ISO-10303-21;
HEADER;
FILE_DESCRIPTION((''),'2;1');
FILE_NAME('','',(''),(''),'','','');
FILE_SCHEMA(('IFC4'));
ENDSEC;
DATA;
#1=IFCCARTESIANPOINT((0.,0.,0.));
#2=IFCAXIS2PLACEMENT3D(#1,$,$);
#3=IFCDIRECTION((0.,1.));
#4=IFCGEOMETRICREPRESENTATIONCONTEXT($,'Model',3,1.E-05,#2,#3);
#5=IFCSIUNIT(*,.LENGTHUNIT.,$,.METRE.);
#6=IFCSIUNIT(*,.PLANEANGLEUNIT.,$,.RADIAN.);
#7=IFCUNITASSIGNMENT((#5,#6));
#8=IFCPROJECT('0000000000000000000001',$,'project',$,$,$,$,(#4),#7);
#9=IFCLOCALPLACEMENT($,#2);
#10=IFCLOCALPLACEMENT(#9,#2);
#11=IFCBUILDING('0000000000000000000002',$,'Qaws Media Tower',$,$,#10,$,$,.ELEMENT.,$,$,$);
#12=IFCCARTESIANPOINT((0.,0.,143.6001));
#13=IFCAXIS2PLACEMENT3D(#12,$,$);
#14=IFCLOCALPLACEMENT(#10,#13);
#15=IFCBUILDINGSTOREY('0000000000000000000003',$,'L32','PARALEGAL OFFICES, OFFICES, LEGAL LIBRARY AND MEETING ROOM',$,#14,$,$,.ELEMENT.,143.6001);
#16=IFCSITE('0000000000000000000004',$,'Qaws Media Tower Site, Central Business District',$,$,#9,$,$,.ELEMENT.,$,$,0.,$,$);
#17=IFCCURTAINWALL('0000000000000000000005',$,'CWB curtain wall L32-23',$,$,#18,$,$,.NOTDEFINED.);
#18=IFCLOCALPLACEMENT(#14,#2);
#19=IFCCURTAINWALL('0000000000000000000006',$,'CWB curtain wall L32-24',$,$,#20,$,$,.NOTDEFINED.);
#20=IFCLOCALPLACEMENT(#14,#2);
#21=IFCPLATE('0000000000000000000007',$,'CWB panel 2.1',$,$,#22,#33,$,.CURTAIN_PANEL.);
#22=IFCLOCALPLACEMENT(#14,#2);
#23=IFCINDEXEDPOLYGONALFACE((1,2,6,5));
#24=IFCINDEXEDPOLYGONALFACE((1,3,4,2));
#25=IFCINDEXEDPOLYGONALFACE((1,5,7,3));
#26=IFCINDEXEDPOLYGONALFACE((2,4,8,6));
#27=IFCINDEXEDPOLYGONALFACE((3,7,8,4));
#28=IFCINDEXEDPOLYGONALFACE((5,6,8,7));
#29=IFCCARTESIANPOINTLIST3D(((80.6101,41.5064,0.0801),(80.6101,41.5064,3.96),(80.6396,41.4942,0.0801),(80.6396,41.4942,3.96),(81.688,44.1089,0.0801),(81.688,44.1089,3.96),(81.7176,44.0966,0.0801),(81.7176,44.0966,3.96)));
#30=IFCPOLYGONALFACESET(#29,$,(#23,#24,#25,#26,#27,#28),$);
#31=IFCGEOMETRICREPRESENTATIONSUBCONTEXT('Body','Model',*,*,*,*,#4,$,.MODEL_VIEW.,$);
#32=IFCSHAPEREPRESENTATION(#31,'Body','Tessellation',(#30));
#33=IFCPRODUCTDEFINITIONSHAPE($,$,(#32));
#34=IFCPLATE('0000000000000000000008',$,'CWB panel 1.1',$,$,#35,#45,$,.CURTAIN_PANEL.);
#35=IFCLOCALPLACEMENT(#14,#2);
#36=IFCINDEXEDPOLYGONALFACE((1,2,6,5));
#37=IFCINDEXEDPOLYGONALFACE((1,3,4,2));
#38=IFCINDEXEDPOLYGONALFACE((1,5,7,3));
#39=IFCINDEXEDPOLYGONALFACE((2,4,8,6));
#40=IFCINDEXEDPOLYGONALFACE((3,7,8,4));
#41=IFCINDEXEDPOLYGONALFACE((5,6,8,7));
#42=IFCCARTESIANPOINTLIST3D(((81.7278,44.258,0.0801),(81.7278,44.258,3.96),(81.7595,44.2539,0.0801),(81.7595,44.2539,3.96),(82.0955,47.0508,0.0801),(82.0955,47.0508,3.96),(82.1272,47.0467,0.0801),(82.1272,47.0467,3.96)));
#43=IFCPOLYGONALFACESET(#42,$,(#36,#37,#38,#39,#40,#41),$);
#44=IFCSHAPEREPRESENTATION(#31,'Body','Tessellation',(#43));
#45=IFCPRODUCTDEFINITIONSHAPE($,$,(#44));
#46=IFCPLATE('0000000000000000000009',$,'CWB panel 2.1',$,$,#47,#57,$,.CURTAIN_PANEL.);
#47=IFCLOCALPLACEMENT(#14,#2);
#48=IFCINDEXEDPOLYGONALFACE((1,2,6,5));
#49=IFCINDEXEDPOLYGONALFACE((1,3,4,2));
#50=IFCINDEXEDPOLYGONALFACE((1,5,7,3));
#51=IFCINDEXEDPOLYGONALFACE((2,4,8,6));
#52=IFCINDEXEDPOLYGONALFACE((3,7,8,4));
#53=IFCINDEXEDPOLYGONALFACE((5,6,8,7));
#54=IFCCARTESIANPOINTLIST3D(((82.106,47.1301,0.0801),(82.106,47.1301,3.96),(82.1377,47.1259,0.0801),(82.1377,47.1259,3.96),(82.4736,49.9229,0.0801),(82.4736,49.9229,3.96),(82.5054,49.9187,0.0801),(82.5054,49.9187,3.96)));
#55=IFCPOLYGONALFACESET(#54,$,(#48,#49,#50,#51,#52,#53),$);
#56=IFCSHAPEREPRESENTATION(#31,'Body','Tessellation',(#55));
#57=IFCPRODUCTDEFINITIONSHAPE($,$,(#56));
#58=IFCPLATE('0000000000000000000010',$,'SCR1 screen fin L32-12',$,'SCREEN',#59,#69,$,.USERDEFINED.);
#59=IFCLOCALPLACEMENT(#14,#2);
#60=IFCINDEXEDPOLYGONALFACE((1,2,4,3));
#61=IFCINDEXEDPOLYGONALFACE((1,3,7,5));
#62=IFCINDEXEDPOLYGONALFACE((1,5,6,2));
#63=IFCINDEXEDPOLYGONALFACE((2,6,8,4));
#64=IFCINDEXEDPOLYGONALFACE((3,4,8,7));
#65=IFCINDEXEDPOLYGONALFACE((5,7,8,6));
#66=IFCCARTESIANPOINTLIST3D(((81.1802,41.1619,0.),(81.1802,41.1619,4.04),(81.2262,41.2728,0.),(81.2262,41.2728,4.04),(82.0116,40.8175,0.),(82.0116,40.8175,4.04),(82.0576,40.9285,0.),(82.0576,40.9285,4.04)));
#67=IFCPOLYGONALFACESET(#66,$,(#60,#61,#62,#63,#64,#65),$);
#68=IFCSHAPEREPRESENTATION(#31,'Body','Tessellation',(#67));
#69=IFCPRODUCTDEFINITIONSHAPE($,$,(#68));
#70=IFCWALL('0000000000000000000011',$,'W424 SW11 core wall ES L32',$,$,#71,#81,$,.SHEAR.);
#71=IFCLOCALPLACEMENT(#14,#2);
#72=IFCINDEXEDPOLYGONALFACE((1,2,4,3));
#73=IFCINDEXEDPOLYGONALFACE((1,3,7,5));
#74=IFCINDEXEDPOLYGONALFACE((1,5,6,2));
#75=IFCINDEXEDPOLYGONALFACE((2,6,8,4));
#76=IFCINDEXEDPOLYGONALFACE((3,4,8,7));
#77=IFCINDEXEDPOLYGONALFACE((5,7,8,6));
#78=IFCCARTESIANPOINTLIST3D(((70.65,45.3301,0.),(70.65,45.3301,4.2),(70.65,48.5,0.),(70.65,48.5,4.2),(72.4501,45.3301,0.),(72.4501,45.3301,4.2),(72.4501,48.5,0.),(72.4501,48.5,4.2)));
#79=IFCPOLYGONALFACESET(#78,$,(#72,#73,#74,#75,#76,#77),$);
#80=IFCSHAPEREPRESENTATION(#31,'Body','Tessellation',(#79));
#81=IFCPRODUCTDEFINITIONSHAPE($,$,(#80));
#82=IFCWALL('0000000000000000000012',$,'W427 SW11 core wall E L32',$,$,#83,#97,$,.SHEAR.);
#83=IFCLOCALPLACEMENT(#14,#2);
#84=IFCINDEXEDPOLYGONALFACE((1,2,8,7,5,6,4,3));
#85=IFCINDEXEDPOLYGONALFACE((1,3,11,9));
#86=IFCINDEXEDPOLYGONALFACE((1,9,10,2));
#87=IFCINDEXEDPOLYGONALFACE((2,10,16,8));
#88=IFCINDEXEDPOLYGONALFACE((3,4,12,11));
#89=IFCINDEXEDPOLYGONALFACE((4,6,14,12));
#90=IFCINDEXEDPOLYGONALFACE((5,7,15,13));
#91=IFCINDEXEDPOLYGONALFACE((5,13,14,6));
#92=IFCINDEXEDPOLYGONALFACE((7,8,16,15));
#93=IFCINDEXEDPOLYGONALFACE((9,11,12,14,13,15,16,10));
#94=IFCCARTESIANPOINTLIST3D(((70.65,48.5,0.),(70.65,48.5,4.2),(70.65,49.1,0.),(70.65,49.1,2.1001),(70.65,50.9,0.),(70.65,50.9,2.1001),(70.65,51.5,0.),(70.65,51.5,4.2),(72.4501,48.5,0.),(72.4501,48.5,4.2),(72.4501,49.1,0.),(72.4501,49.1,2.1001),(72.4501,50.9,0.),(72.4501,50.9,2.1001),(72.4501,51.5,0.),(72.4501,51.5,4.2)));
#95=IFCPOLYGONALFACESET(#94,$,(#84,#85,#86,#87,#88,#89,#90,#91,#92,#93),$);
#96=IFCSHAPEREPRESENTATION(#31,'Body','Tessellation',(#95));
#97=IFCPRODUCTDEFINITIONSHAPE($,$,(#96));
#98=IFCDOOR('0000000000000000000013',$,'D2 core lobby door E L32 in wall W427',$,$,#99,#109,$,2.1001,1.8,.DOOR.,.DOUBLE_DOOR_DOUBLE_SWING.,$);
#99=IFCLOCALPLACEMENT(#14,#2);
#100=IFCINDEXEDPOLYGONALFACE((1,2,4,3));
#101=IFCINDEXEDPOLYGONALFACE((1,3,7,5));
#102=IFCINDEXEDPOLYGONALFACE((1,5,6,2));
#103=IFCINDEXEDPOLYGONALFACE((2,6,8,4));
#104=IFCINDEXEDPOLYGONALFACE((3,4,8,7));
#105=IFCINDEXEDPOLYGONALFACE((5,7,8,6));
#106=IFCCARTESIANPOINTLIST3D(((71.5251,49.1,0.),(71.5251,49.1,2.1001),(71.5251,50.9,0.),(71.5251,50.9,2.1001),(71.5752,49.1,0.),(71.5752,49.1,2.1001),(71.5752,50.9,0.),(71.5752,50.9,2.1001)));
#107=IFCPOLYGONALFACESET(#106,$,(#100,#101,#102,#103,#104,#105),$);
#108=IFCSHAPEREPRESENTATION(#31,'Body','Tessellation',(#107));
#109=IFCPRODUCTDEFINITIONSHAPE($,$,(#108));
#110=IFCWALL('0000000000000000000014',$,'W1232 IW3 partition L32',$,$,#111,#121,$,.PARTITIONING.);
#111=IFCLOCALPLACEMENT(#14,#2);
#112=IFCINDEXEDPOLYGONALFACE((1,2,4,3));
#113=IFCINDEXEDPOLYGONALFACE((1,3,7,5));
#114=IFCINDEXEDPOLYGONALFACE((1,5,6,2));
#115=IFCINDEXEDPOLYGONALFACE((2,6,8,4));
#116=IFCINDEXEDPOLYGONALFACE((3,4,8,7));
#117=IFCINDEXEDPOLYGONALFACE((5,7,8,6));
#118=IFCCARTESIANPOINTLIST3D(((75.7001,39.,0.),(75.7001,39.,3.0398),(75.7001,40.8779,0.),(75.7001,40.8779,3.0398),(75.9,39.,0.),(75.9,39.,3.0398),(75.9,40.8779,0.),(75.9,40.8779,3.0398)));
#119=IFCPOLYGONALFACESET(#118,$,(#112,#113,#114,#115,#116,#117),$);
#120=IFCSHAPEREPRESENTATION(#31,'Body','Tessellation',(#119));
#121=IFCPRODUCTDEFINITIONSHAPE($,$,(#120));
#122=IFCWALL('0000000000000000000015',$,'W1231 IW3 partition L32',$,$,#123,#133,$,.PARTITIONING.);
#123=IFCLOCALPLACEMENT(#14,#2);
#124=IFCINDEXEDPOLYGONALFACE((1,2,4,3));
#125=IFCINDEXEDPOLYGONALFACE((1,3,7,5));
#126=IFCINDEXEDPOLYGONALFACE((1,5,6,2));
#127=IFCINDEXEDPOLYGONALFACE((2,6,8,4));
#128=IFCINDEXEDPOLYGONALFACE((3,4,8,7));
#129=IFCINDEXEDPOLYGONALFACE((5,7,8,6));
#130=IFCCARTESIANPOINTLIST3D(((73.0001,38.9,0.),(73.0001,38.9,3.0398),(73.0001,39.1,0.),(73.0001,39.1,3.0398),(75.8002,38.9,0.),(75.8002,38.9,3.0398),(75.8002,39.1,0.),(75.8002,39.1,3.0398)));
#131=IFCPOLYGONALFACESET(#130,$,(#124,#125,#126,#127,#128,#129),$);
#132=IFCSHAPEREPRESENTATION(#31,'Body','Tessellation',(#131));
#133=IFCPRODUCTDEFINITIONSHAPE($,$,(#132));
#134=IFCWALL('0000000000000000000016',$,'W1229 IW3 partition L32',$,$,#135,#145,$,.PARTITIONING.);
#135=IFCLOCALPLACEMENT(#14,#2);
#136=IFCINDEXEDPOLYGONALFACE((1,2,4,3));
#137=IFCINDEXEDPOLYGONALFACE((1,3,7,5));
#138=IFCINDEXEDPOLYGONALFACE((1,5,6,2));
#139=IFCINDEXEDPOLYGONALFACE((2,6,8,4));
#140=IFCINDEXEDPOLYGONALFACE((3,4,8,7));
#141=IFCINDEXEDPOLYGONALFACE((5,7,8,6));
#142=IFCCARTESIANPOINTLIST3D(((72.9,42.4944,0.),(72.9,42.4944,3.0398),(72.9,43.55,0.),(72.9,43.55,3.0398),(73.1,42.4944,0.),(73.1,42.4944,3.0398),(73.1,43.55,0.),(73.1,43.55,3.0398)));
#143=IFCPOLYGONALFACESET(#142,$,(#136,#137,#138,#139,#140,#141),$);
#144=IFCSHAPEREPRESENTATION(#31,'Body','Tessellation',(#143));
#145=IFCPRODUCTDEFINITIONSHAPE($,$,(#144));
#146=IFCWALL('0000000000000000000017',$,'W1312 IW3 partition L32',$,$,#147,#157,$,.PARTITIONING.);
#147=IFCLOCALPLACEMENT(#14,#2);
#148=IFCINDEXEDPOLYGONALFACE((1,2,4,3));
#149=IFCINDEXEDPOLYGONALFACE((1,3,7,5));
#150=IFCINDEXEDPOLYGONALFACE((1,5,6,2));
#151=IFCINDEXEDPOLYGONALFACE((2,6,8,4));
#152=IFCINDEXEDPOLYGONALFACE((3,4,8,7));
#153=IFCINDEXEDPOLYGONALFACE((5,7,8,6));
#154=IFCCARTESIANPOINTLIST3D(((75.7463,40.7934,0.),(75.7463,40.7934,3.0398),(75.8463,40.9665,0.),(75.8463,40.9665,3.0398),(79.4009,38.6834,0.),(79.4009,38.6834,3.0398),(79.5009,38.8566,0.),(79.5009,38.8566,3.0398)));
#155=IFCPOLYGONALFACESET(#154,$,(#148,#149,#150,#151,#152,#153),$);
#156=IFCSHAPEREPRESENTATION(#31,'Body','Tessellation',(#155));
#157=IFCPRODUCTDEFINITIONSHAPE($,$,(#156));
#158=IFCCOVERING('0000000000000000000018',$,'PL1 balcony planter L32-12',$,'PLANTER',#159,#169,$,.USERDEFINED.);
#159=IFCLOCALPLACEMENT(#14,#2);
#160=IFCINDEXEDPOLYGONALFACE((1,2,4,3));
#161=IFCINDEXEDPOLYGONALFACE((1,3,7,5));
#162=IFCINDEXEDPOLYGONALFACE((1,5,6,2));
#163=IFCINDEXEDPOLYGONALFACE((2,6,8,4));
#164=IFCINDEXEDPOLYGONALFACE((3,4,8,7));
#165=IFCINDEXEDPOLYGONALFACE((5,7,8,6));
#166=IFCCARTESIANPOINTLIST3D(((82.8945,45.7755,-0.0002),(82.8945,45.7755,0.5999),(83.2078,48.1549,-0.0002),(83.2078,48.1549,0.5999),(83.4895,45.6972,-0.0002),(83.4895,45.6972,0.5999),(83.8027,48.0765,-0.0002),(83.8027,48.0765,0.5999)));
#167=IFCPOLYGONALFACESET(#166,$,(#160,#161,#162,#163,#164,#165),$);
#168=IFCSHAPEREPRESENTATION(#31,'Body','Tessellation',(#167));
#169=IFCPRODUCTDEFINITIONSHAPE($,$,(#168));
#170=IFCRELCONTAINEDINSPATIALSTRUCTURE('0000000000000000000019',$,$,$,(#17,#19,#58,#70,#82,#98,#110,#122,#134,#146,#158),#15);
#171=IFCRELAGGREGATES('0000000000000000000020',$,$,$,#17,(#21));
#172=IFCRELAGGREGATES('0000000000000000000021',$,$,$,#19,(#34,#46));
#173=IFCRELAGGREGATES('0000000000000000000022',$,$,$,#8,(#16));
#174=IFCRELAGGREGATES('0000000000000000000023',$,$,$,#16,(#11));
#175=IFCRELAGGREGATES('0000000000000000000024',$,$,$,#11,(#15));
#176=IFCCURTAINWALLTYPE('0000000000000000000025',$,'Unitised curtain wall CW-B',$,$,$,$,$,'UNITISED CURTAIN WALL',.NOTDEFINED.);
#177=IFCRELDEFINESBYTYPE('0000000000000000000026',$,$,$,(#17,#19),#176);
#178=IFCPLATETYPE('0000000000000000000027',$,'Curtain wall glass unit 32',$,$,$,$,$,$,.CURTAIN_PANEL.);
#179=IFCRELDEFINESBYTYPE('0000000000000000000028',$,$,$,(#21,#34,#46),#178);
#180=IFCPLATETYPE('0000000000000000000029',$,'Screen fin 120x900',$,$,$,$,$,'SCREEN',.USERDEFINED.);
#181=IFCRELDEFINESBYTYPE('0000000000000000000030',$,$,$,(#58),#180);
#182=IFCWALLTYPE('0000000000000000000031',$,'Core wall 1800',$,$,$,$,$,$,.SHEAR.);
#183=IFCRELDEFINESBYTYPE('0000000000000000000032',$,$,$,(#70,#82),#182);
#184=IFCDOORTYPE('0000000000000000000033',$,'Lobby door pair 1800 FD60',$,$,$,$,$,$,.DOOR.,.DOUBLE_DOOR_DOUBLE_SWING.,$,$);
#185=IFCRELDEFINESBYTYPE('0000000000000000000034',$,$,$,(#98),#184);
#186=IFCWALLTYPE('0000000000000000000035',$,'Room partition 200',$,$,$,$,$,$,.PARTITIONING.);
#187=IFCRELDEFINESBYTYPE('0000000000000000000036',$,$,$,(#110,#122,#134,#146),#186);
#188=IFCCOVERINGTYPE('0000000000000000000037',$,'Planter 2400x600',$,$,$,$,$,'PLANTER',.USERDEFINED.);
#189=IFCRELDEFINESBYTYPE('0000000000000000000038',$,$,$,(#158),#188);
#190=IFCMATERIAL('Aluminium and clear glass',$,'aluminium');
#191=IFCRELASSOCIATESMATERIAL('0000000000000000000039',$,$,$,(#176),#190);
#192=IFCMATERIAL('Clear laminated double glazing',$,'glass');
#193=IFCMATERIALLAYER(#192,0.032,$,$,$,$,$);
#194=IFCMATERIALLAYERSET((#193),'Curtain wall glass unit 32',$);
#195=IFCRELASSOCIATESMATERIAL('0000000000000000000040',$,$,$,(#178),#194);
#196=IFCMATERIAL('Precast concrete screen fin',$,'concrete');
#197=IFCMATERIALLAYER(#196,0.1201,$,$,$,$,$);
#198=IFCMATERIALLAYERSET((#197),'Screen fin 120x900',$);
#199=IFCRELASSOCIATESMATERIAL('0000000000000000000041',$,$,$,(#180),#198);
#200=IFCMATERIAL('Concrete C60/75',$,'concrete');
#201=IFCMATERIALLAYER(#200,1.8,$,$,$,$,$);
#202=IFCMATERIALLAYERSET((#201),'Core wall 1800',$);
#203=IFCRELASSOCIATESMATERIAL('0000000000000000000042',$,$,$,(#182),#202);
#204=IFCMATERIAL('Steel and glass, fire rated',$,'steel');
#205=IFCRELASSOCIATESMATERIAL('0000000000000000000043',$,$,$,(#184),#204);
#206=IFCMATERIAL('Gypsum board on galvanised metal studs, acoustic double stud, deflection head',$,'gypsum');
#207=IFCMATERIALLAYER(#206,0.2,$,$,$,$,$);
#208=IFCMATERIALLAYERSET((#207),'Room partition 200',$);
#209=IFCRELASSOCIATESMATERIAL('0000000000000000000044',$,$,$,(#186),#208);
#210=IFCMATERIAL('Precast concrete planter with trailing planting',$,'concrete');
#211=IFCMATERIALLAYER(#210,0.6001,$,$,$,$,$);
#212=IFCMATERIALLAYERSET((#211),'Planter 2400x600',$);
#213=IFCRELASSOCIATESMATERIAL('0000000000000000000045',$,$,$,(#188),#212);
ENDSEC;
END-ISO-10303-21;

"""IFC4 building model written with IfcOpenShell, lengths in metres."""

from ifc_helpers import new_model, si_unit, direction, frame, frame_2d, origin, origin_2d, place, context, subcontext, project, spatial, rectangle, extrude, material, layer, layer_set, type_object, element, fill, aggregate, save


model = new_model("IFC4")

# Units and contexts
model_context = context("Model", 3, precision=1e-05, world=origin(), true_north=direction((0.0, 1.0)))
body_context = subcontext(model_context, "Body", "Model", "MODEL_VIEW")
ifc_project = project(units=[si_unit("LENGTHUNIT", "METRE"), si_unit("PLANEANGLEUNIT", "RADIAN")], contexts=[model_context])

# Site, building, storey
site_placement = place(None, origin())
site = spatial("IfcSite", under=ifc_project, at=site_placement, Name="Qaws Media Tower Site, Central Business District", CompositionType="ELEMENT", RefElevation=0.0)
building_placement = place(site_placement, origin())
building = spatial("IfcBuilding", under=site, at=building_placement, Name="Qaws Media Tower", CompositionType="ELEMENT")
storey_placement = place(building_placement, frame((0.0, 0.0, 143.6001)))
storey = spatial("IfcBuildingStorey", under=building, at=storey_placement, Name="L32", Description="PARALEGAL OFFICES, OFFICES, LEGAL LIBRARY AND MEETING ROOM", CompositionType="ELEMENT", Elevation=143.6001)

# Curtain walls
ifc_material_1 = material(Name="Aluminium and clear glass", Category="aluminium")
curtain_wall_type = type_object("IfcCurtainWallType", Name="Unitised curtain wall CW-B", ElementType="UNITISED CURTAIN WALL", PredefinedType="NOTDEFINED", material=ifc_material_1)
curtain_wall_1_placement = place(storey_placement, origin())
curtain_wall_1 = element("IfcCurtainWall", 1, at=curtain_wall_1_placement, inside=storey, type_object=curtain_wall_type, Name="CWB curtain wall L32-23", PredefinedType="NOTDEFINED")
curtain_wall_2_placement = place(storey_placement, origin())
curtain_wall_2 = element("IfcCurtainWall", 2, at=curtain_wall_2_placement, inside=storey, type_object=curtain_wall_type, Name="CWB curtain wall L32-24", PredefinedType="NOTDEFINED")

# Plates
ifc_material_2 = material(Name="Clear laminated double glazing", Category="glass")
ifc_layer_1 = layer(ifc_material_2, 0.032)
ifc_layer_set_1 = layer_set([ifc_layer_1], Name="Curtain wall glass unit 32")
plate_type_1 = type_object("IfcPlateType", Name="Curtain wall glass unit 32", PredefinedType="CURTAIN_PANEL", material=ifc_layer_set_1)
plate_1_placement = place(storey_placement, frame((81.1638, 42.8015, 0.0801), z_axis=(0.0, 0.0, 1.0), x_axis=(0.382683, 0.92388, 0.0)))
plate_1 = element("IfcPlate", 3, at=plate_1_placement, type_object=plate_type_1, Name="CWB panel 2.1", PredefinedType="CURTAIN_PANEL", context=body_context, shape_type="SweptSolid", body=[
    extrude(rectangle(XDim=2.8169, YDim=0.032, at=origin_2d()), origin(), (0.0, 0.0, 1.0), 3.8799),
])
aggregate(curtain_wall_1, [plate_1])
plate_2_placement = place(storey_placement, frame((81.9275, 45.6523, 0.0801), z_axis=(0.0, 0.0, 1.0), x_axis=(0.130526, 0.991445, 0.0)))
plate_2 = element("IfcPlate", 4, at=plate_2_placement, type_object=plate_type_1, Name="CWB panel 1.1", PredefinedType="CURTAIN_PANEL", context=body_context, shape_type="SweptSolid", body=[
    extrude(rectangle(XDim=2.8169, YDim=0.032, at=origin_2d()), origin(), (0.0, 0.0, 1.0), 3.8799),
])
plate_3_placement = place(storey_placement, frame((82.3057, 48.5244, 0.0801), z_axis=(0.0, 0.0, 1.0), x_axis=(0.130526, 0.991445, 0.0)))
plate_3 = element("IfcPlate", 5, at=plate_3_placement, type_object=plate_type_1, Name="CWB panel 2.1", PredefinedType="CURTAIN_PANEL", context=body_context, shape_type="SweptSolid", body=[
    extrude(rectangle(XDim=2.8169, YDim=0.032, at=origin_2d()), origin(), (0.0, 0.0, 1.0), 3.8799),
])
aggregate(curtain_wall_2, [plate_2, plate_3])
ifc_material_3 = material(Name="Precast concrete screen fin", Category="concrete")
ifc_layer_2 = layer(ifc_material_3, 0.1201)
ifc_layer_set_2 = layer_set([ifc_layer_2], Name="Screen fin 120x900")
plate_type_2 = type_object("IfcPlateType", Name="Screen fin 120x900", ElementType="SCREEN", PredefinedType="USERDEFINED", material=ifc_layer_set_2)
plate_4_placement = place(storey_placement, frame((81.6189, 41.0452, 0.0), z_axis=(0.0, 0.0, 1.0), x_axis=(0.92388, -0.382683, 0.0)))
element("IfcPlate", 6, at=plate_4_placement, inside=storey, type_object=plate_type_2, Name="SCR1 screen fin L32-12", ObjectType="SCREEN", PredefinedType="USERDEFINED", context=body_context, shape_type="SweptSolid", body=[
    extrude(rectangle(XDim=0.8999, YDim=0.1201, at=origin_2d()), origin(), (0.0, 0.0, 1.0), 4.04),
])

# Wall
ifc_material_4 = material(Name="Concrete C60/75", Category="concrete")
ifc_layer_3 = layer(ifc_material_4, 1.8)
ifc_layer_set_3 = layer_set([ifc_layer_3], Name="Core wall 1800")
wall_type_1 = type_object("IfcWallType", Name="Core wall 1800", PredefinedType="SHEAR", material=ifc_layer_set_3)
wall_1_placement = place(storey_placement, frame((71.55, 45.3301, 0.0), z_axis=(0.0, 0.0, 1.0), x_axis=(0.0, 1.0, 0.0)))
element("IfcWall", 7, at=wall_1_placement, inside=storey, type_object=wall_type_1, Name="W424 SW11 core wall ES L32", PredefinedType="SHEAR", context=body_context, shape_type="SweptSolid", body=[
    extrude(rectangle(XDim=3.1699, YDim=1.8, at=frame_2d((1.585, 0.0))), origin(), (0.0, 0.0, 1.0), 4.2),
])

# Wall, opening, door
wall_2_placement = place(storey_placement, frame((71.55, 48.5, 0.0), z_axis=(0.0, 0.0, 1.0), x_axis=(0.0, 1.0, 0.0)))
wall_2 = element("IfcWall", 8, at=wall_2_placement, inside=storey, type_object=wall_type_1, Name="W427 SW11 core wall E L32", PredefinedType="SHEAR", context=body_context, shape_type="SweptSolid", body=[
    extrude(rectangle(XDim=3.0, YDim=1.8, at=frame_2d((1.5, 0.0))), origin(), (0.0, 0.0, 1.0), 4.2),
])
opening_placement = place(wall_2_placement, frame((0.6001, 0.0, 0.0)))
opening = element("IfcOpeningElement", 9, at=opening_placement, cuts=wall_2, PredefinedType="OPENING", context=body_context, shape_type="SweptSolid", body=[
    extrude(rectangle(XDim=1.8, YDim=2.1001, at=frame_2d((0.8999, 1.05))), frame((0.0, 0.9099, 0.0), z_axis=(0.0, -1.0, 0.0), x_axis=(1.0, 0.0, 0.0)), (0.0, 0.0, 1.0), 1.8201),
])
ifc_material_5 = material(Name="Steel and glass, fire rated", Category="steel")
door_type = type_object("IfcDoorType", Name="Lobby door pair 1800 FD60", OperationType="DOUBLE_DOOR_DOUBLE_SWING", PredefinedType="DOOR", material=ifc_material_5)
door_placement = place(opening_placement, origin())
door = element("IfcDoor", 10, at=door_placement, inside=storey, type_object=door_type, Name="D2 core lobby door E L32 in wall W427", OperationType="DOUBLE_DOOR_DOUBLE_SWING", OverallHeight=2.1001, OverallWidth=1.8, PredefinedType="DOOR", context=body_context, shape_type="SweptSolid", body=[
    extrude(rectangle(XDim=1.8, YDim=2.1001, at=frame_2d((0.8999, 1.05))), frame((0.0, 0.0249, 0.0), z_axis=(0.0, -1.0, 0.0), x_axis=(1.0, 0.0, 0.0)), (0.0, 0.0, 1.0), 0.05),
])
fill(opening, door)

# Walls
ifc_material_6 = material(Name="Gypsum board on galvanised metal studs, acoustic double stud, deflection head", Category="gypsum")
ifc_layer_4 = layer(ifc_material_6, 0.2)
ifc_layer_set_4 = layer_set([ifc_layer_4], Name="Room partition 200")
wall_type_2 = type_object("IfcWallType", Name="Room partition 200", PredefinedType="PARTITIONING", material=ifc_layer_set_4)
wall_3_placement = place(storey_placement, frame((75.8, 40.8779, 0.0), z_axis=(0.0, 0.0, 1.0), x_axis=(0.0, -1.0, 0.0)))
element("IfcWall", 11, at=wall_3_placement, inside=storey, type_object=wall_type_2, Name="W1232 IW3 partition L32", PredefinedType="PARTITIONING", context=body_context, shape_type="SweptSolid", body=[
    extrude(rectangle(XDim=1.8779, YDim=0.2, at=frame_2d((0.939, 0.0))), origin(), (0.0, 0.0, 1.0), 3.0398),
])
wall_4_placement = place(storey_placement, frame((75.8, 39.0, 0.0), z_axis=(0.0, 0.0, 1.0), x_axis=(-1.0, 0.0, 0.0)))
element("IfcWall", 12, at=wall_4_placement, inside=storey, type_object=wall_type_2, Name="W1231 IW3 partition L32", PredefinedType="PARTITIONING", context=body_context, shape_type="SweptSolid", body=[
    extrude(rectangle(XDim=2.8, YDim=0.2, at=frame_2d((1.3999, 0.0))), origin(), (0.0, 0.0, 1.0), 3.0398),
])
wall_5_placement = place(storey_placement, frame((73.0, 42.4944, 0.0), z_axis=(0.0, 0.0, 1.0), x_axis=(0.0, 1.0, 0.0)))
element("IfcWall", 13, at=wall_5_placement, inside=storey, type_object=wall_type_2, Name="W1229 IW3 partition L32", PredefinedType="PARTITIONING", context=body_context, shape_type="SweptSolid", body=[
    extrude(rectangle(XDim=1.0557, YDim=0.2, at=frame_2d((0.5278, 0.0))), origin(), (0.0, 0.0, 1.0), 3.0398),
])
wall_6_placement = place(storey_placement, frame((75.7964, 40.8799, 0.0), z_axis=(0.0, 0.0, 1.0), x_axis=(0.866034, -0.499985, 0.0)))
element("IfcWall", 14, at=wall_6_placement, inside=storey, type_object=wall_type_2, Name="W1312 IW3 partition L32", PredefinedType="PARTITIONING", context=body_context, shape_type="SweptSolid", body=[
    extrude(rectangle(XDim=4.22, YDim=0.2, at=frame_2d((2.1099, 0.0))), origin(), (0.0, 0.0, 1.0), 3.0398),
])

# Covering
ifc_material_7 = material(Name="Precast concrete planter with trailing planting", Category="concrete")
ifc_layer_5 = layer(ifc_material_7, 0.6001)
ifc_layer_set_5 = layer_set([ifc_layer_5], Name="Planter 2400x600")
covering_type = type_object("IfcCoveringType", Name="Planter 2400x600", ElementType="PLANTER", PredefinedType="USERDEFINED", material=ifc_layer_set_5)
covering_placement = place(storey_placement, frame((83.3486, 46.926, -0.0002), z_axis=(0.0, 0.0, 1.0), x_axis=(0.130526, 0.991445, 0.0)))
element("IfcCovering", 15, at=covering_placement, inside=storey, type_object=covering_type, Name="PL1 balcony planter L32-12", ObjectType="PLANTER", PredefinedType="USERDEFINED", context=body_context, shape_type="SweptSolid", body=[
    extrude(rectangle(XDim=2.3999, YDim=0.6001, at=origin_2d()), origin(), (0.0, 0.0, 1.0), 0.6001),
])

save(model, "model.ifc")
